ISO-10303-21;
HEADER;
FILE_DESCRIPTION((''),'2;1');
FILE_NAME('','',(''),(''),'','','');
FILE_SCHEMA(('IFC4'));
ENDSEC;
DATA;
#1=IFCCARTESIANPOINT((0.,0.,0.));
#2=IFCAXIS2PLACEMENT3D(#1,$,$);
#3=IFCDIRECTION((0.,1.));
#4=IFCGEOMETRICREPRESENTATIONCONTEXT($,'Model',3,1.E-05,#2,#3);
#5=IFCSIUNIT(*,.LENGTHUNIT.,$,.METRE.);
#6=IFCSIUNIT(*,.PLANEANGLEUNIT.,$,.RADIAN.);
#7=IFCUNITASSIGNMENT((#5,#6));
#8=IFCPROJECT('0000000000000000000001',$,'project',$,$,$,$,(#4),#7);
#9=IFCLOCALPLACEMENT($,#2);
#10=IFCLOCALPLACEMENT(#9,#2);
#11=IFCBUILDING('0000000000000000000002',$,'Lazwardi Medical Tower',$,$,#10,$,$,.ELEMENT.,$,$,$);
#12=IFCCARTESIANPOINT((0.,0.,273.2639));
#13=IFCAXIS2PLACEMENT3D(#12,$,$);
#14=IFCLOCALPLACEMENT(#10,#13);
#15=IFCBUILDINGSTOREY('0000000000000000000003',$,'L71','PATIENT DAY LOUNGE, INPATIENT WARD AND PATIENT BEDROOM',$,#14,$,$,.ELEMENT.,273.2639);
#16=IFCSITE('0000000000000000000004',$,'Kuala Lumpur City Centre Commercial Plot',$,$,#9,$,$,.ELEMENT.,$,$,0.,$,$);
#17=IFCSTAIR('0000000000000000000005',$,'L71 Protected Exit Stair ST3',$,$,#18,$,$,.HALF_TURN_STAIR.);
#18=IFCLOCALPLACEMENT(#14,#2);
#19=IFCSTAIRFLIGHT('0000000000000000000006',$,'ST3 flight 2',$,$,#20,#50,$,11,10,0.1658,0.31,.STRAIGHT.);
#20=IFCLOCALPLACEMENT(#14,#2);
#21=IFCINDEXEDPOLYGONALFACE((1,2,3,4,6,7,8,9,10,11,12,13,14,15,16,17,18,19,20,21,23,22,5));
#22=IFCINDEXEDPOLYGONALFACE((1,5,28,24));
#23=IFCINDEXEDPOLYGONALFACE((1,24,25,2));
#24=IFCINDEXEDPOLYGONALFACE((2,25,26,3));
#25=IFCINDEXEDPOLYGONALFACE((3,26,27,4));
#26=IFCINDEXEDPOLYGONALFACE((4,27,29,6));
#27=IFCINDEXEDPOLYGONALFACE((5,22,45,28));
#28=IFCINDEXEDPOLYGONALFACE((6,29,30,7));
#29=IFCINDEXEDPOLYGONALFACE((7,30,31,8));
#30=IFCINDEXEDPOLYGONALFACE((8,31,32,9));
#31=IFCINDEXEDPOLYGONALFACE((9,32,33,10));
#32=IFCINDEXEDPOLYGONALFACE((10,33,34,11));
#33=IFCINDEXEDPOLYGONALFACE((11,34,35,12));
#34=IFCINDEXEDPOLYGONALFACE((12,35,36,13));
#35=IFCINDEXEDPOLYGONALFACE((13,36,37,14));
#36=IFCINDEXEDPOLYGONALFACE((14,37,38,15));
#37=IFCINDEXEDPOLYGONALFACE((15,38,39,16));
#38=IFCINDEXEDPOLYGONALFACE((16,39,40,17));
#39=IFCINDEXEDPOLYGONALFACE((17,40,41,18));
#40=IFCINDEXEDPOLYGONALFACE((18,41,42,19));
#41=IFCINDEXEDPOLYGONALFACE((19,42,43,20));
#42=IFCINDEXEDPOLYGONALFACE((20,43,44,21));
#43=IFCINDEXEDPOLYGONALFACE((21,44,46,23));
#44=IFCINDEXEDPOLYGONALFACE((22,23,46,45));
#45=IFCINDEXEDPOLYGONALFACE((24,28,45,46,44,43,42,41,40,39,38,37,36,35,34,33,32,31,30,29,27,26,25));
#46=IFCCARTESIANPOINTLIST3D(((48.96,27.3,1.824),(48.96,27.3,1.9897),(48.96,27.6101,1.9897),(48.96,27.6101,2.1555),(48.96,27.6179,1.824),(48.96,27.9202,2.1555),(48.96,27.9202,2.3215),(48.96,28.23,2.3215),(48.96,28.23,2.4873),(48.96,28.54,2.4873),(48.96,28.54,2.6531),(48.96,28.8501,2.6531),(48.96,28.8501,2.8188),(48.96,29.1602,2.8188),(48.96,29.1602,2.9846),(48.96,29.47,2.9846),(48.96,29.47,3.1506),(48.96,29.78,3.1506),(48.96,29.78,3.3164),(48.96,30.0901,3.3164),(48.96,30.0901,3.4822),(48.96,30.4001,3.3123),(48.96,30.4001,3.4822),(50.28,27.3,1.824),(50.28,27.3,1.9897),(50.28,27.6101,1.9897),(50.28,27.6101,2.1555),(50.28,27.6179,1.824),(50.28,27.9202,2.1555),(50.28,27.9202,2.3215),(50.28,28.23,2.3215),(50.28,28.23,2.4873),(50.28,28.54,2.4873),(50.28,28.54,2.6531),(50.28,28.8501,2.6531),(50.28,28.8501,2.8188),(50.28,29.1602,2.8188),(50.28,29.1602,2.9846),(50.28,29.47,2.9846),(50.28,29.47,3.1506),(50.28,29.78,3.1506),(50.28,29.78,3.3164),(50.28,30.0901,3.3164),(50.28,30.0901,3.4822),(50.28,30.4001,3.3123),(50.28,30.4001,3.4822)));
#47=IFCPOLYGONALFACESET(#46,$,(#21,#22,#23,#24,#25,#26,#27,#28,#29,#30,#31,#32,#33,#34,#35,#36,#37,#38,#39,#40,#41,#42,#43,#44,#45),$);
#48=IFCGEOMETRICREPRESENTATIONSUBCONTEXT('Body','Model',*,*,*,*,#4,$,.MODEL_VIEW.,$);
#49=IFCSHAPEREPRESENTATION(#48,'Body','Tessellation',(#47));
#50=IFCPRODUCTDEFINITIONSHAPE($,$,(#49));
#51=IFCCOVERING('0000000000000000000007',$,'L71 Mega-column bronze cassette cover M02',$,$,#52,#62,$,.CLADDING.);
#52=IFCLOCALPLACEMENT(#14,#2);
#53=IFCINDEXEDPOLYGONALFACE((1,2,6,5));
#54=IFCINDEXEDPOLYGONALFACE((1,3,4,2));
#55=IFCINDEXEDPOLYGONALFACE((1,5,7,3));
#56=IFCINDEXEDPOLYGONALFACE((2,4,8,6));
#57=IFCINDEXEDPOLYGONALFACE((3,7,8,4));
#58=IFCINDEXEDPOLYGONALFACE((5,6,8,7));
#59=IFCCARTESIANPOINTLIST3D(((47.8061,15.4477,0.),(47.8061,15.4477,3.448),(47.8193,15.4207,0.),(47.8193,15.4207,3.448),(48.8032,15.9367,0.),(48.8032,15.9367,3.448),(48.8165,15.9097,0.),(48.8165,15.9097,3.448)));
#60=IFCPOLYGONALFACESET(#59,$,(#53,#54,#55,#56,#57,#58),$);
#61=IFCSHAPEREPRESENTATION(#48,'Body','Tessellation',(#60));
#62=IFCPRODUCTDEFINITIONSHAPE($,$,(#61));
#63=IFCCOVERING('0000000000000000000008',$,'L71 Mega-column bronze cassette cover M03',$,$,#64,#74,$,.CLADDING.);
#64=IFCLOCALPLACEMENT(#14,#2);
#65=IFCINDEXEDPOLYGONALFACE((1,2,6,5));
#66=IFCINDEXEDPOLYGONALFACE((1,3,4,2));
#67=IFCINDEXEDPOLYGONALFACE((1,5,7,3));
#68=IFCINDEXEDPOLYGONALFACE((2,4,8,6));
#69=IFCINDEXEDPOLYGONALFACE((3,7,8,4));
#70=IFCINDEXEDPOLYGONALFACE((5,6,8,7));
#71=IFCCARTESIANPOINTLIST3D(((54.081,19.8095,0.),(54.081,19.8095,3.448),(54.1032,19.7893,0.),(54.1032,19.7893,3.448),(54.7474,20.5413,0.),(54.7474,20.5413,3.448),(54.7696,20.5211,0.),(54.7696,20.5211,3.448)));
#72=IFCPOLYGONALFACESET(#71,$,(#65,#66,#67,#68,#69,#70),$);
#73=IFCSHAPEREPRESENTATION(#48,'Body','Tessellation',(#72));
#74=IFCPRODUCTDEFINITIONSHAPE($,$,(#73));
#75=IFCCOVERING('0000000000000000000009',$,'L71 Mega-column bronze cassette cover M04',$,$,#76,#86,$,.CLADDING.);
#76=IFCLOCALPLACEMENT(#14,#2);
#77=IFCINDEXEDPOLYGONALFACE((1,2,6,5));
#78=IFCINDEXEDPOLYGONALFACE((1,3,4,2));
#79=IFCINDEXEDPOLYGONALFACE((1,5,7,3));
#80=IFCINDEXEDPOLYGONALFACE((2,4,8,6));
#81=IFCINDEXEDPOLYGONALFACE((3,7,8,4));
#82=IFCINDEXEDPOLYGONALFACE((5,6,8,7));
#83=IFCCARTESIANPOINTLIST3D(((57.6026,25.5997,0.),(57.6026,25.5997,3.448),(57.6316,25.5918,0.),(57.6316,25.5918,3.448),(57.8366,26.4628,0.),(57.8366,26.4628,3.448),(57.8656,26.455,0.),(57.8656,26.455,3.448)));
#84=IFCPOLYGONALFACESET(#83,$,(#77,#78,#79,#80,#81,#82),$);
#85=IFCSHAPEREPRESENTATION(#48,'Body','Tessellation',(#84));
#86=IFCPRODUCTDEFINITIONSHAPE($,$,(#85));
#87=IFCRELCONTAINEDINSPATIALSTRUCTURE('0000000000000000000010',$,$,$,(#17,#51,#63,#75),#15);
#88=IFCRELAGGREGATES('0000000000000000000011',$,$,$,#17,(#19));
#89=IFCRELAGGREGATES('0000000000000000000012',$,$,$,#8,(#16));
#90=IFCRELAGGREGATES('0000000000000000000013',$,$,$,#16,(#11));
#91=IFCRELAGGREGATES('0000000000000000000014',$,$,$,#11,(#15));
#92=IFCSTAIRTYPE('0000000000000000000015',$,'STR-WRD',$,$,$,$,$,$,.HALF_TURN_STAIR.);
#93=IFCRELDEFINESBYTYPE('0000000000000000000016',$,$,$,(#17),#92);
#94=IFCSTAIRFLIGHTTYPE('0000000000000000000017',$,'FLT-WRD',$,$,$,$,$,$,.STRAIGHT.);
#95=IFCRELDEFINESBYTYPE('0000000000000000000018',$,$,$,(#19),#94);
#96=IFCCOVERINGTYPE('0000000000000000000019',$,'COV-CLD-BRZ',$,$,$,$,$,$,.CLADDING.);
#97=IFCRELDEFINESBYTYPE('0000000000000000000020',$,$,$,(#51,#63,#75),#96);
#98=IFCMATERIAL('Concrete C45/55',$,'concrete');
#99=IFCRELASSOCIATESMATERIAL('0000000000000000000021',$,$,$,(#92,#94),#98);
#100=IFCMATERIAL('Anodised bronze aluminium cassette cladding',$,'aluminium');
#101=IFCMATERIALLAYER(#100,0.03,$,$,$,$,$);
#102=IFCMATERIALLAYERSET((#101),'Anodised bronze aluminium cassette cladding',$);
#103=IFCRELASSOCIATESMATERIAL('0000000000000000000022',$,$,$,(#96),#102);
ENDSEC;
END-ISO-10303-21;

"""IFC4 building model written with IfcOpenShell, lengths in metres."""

from ifc_helpers import new_model, si_unit, direction, frame, origin, origin_2d, place, context, subcontext, project, spatial, polyline, rectangle, outline, extrude, material, layer, layer_set, type_object, element, aggregate, save


model = new_model("IFC4")

# Units and contexts
model_context = context("Model", 3, precision=1e-05, world=origin(), true_north=direction((0.0, 1.0)))
body_context = subcontext(model_context, "Body", "Model", "MODEL_VIEW")
ifc_project = project(units=[si_unit("LENGTHUNIT", "METRE"), si_unit("PLANEANGLEUNIT", "RADIAN")], contexts=[model_context])

# Site, building, storey
site_placement = place(None, origin())
site = spatial("IfcSite", under=ifc_project, at=site_placement, Name="Kuala Lumpur City Centre Commercial Plot", CompositionType="ELEMENT", RefElevation=0.0)
building_placement = place(site_placement, origin())
building = spatial("IfcBuilding", under=site, at=building_placement, Name="Lazwardi Medical Tower", CompositionType="ELEMENT")
storey_placement = place(building_placement, frame((0.0, 0.0, 273.2639)))
storey = spatial("IfcBuildingStorey", under=building, at=storey_placement, Name="L71", Description="PATIENT DAY LOUNGE, INPATIENT WARD AND PATIENT BEDROOM", CompositionType="ELEMENT", Elevation=273.2639)

# Stair, stair flight
ifc_material_1 = material(Name="Concrete C45/55", Category="concrete")
stair_type = type_object("IfcStairType", Name="STR-WRD", PredefinedType="HALF_TURN_STAIR", material=ifc_material_1)
stair_placement = place(storey_placement, origin())
stair = element("IfcStair", 1, at=stair_placement, inside=storey, type_object=stair_type, Name="L71 Protected Exit Stair ST3", PredefinedType="HALF_TURN_STAIR")
stair_flight_type = type_object("IfcStairFlightType", Name="FLT-WRD", PredefinedType="STRAIGHT", material=ifc_material_1)
stair_flight_placement = place(storey_placement, frame((49.6201, 27.3, 1.824), z_axis=(0.0, 0.0, 1.0), x_axis=(0.0, 1.0, 0.0)))
stair_flight = element("IfcStairFlight", 2, at=stair_flight_placement, type_object=stair_flight_type, Name="ST3 flight 2", NumberOfRisers=11, NumberOfTreads=10, PredefinedType="STRAIGHT", RiserHeight=0.1658, TreadLength=0.31, context=body_context, shape_type="SweptSolid", body=[
    extrude(outline(polyline([(0.0, 0.0), (0.0, 0.1658), (0.3101, 0.1658), (0.3101, 0.3315), (0.6201, 0.3315), (0.6201, 0.4976), (0.9299, 0.4976), (0.9299, 0.6633), (1.24, 0.6633), (1.24, 0.8291), (1.55, 0.8291), (1.55, 0.9949), (1.8601, 0.9949), (1.8601, 1.1606), (2.1699, 1.1606), (2.1699, 1.3267), (2.48, 1.3267), (2.48, 1.4924), (2.79, 1.4924), (2.79, 1.6582), (3.1001, 1.6582), (3.1001, 1.824), (3.1001, 1.4883), (0.3179, 0.0), (0.0, 0.0)])), frame((0.0, 0.6602, 0.0), z_axis=(0.0, -1.0, 0.0), x_axis=(1.0, 0.0, 0.0)), (0.0, 0.0, 1.0), 1.3201),
])
aggregate(stair, [stair_flight])

# Coverings
ifc_material_2 = material(Name="Anodised bronze aluminium cassette cladding", Category="aluminium")
ifc_layer_1 = layer(ifc_material_2, 0.03)
ifc_layer_set_1 = layer_set([ifc_layer_1], Name="Anodised bronze aluminium cassette cladding")
covering_type = type_object("IfcCoveringType", Name="COV-CLD-BRZ", PredefinedType="CLADDING", material=ifc_layer_set_1)
covering_1_placement = place(storey_placement, frame((48.3113, 15.6787, 0.0), z_axis=(0.0, 0.0, 1.0), x_axis=(0.89784, 0.440322, 0.0)))
element("IfcCovering", 3, at=covering_1_placement, inside=storey, type_object=covering_type, Name="L71 Mega-column bronze cassette cover M02", PredefinedType="CLADDING", context=body_context, shape_type="SweptSolid", body=[
    extrude(rectangle(XDim=1.1106, YDim=0.03, at=origin_2d()), origin(), (0.0, 0.0, 1.0), 3.448),
])
covering_2_placement = place(storey_placement, frame((54.4253, 20.1653, 0.0), z_axis=(0.0, 0.0, 1.0), x_axis=(0.673241, 0.739423, 0.0)))
element("IfcCovering", 4, at=covering_2_placement, inside=storey, type_object=covering_type, Name="L71 Mega-column bronze cassette cover M03", PredefinedType="CLADDING", context=body_context, shape_type="SweptSolid", body=[
    extrude(rectangle(XDim=0.9897, YDim=0.03, at=origin_2d()), origin(), (0.0, 0.0, 1.0), 3.448),
])
covering_3_placement = place(storey_placement, frame((57.7341, 26.0273, 0.0), z_axis=(0.0, 0.0, 1.0), x_axis=(0.261642, 0.965165, 0.0)))
element("IfcCovering", 5, at=covering_3_placement, inside=storey, type_object=covering_type, Name="L71 Mega-column bronze cassette cover M04", PredefinedType="CLADDING", context=body_context, shape_type="SweptSolid", body=[
    extrude(rectangle(XDim=0.8943, YDim=0.03, at=origin_2d()), origin(), (0.0, 0.0, 1.0), 3.448),
])

save(model, "model.ifc")
